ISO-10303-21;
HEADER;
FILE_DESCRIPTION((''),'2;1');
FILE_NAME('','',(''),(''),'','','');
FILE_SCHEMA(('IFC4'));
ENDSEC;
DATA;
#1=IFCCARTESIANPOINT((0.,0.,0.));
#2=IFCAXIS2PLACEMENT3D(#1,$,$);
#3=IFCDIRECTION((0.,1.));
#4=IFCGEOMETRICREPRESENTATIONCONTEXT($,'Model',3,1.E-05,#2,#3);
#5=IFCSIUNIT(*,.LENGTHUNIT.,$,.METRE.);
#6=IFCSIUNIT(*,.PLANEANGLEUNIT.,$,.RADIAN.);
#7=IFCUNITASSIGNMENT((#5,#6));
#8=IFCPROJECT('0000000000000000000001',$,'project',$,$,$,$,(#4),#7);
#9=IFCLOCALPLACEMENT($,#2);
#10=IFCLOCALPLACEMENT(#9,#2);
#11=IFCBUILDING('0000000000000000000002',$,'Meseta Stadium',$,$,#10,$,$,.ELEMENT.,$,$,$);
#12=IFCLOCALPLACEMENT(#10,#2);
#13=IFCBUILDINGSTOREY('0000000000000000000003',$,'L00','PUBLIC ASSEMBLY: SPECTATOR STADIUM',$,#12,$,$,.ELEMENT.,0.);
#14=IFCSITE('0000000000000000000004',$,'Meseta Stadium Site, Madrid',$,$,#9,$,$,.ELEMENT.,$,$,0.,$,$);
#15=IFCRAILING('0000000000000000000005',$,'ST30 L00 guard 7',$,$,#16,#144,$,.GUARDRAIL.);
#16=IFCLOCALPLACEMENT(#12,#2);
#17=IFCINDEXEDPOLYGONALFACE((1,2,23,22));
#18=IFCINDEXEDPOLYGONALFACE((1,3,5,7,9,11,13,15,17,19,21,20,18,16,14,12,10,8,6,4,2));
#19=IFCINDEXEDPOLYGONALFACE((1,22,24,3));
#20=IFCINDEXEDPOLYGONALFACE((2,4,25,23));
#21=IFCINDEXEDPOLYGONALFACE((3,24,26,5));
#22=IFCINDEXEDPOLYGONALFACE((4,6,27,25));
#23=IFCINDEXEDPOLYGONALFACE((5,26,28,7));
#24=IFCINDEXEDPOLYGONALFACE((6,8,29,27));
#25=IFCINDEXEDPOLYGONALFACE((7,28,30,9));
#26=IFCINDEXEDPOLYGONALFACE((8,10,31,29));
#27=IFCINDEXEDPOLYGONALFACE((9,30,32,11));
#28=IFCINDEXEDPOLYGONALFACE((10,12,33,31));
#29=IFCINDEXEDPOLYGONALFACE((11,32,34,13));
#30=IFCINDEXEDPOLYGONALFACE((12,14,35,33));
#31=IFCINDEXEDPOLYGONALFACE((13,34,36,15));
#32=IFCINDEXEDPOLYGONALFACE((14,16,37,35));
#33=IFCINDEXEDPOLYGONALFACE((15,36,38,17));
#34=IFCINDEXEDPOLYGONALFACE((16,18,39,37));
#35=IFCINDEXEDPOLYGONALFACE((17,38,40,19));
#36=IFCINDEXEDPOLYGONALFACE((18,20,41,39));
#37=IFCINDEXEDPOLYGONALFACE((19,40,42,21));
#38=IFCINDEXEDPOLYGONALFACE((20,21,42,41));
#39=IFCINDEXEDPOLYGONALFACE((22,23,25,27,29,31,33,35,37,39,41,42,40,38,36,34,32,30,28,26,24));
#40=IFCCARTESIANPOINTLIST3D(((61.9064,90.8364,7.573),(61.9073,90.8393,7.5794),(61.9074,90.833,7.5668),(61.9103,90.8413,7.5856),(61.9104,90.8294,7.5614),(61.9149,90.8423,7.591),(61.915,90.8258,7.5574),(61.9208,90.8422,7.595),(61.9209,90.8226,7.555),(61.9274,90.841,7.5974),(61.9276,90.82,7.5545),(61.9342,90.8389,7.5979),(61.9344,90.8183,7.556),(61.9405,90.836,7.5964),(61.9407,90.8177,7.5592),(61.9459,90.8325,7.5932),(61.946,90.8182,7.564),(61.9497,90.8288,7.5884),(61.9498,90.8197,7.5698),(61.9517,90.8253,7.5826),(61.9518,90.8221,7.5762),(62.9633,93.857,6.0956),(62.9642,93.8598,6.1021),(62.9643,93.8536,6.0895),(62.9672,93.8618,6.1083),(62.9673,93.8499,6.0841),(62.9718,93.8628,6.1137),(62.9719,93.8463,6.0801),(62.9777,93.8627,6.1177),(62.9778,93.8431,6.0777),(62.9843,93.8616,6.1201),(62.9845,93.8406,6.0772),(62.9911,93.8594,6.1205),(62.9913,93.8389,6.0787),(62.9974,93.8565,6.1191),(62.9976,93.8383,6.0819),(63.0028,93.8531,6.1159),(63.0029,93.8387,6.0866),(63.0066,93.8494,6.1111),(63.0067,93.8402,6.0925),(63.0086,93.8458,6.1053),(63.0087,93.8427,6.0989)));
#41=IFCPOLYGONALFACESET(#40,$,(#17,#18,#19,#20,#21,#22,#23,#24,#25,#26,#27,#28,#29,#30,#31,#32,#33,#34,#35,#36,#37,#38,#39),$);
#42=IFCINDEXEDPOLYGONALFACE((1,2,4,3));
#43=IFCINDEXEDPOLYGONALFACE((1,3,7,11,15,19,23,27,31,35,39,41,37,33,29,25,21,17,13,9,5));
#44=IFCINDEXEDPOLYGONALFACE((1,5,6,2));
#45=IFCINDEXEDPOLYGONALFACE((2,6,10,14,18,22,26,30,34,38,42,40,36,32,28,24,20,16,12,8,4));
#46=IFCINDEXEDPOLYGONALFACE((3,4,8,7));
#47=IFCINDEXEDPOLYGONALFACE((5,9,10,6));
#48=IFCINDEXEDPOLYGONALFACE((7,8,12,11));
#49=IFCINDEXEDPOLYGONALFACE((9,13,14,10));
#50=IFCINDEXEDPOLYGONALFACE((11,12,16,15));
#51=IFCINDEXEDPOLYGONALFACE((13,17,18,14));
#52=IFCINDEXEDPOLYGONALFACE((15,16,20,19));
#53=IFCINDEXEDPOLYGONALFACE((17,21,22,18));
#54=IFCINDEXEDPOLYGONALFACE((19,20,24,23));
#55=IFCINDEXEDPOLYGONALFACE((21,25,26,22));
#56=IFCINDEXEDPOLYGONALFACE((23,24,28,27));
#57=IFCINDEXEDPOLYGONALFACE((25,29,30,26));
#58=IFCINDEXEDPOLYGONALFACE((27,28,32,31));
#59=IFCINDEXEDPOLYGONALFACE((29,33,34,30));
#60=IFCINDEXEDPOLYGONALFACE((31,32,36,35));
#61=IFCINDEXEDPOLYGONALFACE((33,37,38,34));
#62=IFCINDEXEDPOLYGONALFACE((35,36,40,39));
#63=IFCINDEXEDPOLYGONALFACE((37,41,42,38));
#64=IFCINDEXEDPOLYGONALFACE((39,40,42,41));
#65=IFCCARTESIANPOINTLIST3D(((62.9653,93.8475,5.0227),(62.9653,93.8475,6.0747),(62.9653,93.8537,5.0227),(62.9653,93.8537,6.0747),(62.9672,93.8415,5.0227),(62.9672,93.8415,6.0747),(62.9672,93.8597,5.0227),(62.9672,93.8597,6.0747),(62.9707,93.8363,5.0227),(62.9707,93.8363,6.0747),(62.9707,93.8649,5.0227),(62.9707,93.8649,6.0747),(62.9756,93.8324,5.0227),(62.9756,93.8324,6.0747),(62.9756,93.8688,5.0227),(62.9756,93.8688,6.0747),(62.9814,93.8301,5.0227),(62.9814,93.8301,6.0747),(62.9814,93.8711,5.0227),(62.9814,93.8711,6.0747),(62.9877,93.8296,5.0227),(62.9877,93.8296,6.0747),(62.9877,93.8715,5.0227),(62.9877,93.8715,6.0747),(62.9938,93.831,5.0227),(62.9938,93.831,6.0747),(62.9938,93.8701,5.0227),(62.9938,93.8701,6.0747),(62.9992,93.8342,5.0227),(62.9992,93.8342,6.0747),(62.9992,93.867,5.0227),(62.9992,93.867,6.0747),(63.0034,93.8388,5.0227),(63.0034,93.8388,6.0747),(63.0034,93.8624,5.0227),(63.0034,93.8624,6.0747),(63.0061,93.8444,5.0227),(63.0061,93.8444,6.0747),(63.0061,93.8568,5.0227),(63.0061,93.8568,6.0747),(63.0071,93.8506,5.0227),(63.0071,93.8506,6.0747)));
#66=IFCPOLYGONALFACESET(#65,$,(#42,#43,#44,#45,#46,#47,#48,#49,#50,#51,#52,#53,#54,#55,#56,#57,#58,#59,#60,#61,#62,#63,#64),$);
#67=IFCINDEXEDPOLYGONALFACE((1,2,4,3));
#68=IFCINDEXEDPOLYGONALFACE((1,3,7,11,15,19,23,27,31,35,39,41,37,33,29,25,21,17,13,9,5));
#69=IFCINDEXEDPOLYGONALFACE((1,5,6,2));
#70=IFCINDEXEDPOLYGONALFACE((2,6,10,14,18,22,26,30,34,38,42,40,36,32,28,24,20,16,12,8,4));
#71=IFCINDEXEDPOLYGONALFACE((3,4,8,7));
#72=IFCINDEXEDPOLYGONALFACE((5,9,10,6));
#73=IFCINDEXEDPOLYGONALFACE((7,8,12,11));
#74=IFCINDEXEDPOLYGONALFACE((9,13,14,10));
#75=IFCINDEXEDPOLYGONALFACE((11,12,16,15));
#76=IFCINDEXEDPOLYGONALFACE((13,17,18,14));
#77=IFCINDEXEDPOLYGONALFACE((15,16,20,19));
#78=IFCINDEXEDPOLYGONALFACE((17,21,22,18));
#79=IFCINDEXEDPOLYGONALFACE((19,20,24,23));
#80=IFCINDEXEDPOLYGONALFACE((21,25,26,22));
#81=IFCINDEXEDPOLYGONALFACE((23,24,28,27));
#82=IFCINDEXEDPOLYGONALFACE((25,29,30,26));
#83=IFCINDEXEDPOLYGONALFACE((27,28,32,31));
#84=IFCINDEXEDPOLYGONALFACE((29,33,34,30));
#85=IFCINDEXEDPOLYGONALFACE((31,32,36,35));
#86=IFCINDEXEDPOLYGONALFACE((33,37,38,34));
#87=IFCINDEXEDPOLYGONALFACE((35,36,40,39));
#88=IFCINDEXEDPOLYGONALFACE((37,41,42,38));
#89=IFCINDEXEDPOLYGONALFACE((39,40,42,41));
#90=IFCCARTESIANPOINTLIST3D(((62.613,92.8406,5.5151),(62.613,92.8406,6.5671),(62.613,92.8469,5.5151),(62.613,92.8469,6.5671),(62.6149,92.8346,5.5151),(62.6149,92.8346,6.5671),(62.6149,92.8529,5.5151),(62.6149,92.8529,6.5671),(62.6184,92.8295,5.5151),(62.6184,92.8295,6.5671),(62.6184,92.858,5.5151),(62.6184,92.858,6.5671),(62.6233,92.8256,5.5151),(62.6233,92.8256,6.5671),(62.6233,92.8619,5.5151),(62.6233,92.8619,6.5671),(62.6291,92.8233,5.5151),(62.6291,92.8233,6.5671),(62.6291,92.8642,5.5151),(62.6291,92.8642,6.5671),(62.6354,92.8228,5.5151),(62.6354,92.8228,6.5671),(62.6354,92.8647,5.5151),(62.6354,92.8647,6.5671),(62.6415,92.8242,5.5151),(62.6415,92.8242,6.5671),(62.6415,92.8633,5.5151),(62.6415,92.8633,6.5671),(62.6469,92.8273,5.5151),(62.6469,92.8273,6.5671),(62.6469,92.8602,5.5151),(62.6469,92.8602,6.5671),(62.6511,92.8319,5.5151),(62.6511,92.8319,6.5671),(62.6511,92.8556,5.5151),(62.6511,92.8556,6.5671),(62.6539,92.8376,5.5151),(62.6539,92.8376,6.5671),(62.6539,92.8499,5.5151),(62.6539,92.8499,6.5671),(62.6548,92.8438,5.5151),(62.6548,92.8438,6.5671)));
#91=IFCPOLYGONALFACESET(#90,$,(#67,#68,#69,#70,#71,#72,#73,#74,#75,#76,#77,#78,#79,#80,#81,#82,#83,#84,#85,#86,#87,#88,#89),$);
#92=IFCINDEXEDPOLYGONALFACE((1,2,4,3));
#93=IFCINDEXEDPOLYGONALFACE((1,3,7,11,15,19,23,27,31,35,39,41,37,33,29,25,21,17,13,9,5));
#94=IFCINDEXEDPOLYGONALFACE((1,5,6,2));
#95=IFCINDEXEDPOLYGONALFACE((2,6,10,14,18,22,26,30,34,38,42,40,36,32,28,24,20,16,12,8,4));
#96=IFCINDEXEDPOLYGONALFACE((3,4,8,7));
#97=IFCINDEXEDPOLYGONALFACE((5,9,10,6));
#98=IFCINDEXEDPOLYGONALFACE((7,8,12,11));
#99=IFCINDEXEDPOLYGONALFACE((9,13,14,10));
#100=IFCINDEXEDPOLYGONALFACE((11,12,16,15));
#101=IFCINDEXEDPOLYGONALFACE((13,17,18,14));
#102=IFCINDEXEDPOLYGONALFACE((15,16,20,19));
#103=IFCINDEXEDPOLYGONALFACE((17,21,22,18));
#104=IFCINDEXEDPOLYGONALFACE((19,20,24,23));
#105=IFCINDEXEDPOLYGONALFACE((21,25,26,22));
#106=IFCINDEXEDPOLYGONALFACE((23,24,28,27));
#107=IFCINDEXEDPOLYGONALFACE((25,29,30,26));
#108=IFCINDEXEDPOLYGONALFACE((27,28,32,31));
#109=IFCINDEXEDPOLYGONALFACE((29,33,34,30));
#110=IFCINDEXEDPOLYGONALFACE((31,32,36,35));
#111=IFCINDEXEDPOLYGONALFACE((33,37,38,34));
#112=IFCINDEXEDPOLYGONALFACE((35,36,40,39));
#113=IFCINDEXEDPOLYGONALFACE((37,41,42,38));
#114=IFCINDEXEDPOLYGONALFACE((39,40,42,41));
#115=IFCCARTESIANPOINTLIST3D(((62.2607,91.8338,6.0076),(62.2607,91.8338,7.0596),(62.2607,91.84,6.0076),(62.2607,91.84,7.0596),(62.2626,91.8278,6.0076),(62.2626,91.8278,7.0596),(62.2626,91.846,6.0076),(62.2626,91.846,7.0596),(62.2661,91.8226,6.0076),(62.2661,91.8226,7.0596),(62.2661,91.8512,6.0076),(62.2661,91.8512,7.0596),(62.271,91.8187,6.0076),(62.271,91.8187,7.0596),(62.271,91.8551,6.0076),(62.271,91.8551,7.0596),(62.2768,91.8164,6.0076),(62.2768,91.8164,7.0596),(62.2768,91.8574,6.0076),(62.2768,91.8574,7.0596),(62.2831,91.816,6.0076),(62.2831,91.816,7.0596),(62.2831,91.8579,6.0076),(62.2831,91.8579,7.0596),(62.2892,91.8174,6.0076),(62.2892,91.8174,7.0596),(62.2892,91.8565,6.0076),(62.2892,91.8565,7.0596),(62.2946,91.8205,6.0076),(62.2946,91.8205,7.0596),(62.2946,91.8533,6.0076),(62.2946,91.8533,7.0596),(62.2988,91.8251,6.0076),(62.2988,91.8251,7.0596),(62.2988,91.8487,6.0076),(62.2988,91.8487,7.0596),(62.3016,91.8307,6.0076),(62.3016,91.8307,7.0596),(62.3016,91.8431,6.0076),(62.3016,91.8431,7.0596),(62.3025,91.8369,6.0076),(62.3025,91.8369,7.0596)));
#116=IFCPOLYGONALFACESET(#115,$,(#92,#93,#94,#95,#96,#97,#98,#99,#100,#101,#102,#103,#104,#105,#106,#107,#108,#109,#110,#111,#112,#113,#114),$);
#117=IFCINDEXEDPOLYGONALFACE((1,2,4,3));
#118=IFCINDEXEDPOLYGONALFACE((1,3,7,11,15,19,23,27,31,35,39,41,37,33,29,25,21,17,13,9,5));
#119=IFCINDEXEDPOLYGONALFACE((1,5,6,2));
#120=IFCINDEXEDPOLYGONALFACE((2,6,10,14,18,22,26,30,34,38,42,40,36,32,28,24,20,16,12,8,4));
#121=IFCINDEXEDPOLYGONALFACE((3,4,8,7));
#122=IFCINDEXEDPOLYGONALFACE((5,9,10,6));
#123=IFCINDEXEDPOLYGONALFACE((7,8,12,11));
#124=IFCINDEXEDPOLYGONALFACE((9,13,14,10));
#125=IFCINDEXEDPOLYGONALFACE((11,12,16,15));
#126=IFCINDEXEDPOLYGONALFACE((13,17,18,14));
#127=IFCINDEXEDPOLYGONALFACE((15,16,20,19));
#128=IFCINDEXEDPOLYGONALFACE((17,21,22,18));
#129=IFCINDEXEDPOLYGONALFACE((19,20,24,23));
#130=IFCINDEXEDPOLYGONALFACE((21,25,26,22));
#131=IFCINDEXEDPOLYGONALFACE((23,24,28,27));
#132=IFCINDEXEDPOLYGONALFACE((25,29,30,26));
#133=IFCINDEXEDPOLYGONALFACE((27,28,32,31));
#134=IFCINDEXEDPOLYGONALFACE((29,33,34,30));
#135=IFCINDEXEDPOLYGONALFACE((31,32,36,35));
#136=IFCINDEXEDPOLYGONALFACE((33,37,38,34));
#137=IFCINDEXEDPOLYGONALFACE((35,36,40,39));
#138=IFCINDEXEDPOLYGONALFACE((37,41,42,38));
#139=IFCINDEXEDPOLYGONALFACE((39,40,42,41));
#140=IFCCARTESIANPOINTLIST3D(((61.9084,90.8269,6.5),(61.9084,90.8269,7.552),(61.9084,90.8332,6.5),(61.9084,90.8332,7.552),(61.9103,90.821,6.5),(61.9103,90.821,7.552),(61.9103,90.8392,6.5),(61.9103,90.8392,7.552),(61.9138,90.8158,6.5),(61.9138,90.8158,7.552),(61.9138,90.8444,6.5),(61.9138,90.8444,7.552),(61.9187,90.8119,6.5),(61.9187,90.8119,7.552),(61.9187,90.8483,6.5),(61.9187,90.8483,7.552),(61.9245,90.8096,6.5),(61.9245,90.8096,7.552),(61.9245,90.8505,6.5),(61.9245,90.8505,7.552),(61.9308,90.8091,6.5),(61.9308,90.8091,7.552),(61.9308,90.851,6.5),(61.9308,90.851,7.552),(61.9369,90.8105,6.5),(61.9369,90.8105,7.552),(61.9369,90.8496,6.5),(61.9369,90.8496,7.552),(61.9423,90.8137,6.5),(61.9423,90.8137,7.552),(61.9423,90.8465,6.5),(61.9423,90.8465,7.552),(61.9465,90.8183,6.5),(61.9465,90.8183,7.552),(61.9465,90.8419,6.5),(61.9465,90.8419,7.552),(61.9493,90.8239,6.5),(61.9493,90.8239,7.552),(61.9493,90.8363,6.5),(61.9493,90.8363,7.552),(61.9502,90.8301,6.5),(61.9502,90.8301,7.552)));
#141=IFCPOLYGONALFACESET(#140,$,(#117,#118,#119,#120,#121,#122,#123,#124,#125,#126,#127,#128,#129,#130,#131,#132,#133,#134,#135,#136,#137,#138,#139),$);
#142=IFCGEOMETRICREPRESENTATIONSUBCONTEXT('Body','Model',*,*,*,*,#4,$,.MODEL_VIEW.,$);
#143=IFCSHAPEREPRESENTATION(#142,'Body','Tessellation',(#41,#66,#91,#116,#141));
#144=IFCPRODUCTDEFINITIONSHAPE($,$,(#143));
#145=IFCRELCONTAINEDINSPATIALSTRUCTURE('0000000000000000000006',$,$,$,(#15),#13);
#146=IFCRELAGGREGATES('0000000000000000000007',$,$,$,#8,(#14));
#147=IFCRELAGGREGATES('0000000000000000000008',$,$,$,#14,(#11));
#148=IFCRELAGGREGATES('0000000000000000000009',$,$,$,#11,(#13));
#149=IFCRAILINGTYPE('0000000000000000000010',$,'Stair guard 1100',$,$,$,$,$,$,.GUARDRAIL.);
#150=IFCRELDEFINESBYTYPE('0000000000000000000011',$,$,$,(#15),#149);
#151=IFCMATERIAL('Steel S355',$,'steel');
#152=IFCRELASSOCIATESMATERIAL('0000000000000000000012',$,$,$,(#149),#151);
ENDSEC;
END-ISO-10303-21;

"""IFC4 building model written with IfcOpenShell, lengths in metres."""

from ifc_helpers import new_model, si_unit, direction, frame, origin, origin_2d, place, context, subcontext, project, spatial, circle, extrude, material, type_object, element, save


model = new_model("IFC4")

# Units and contexts
model_context = context("Model", 3, precision=1e-05, world=origin(), true_north=direction((0.0, 1.0)))
body_context = subcontext(model_context, "Body", "Model", "MODEL_VIEW")
ifc_project = project(units=[si_unit("LENGTHUNIT", "METRE"), si_unit("PLANEANGLEUNIT", "RADIAN")], contexts=[model_context])

# Site, building, storey
site_placement = place(None, origin())
site = spatial("IfcSite", under=ifc_project, at=site_placement, Name="Meseta Stadium Site, Madrid", CompositionType="ELEMENT", RefElevation=0.0)
building_placement = place(site_placement, origin())
building = spatial("IfcBuilding", under=site, at=building_placement, Name="Meseta Stadium", CompositionType="ELEMENT")
storey_placement = place(building_placement, origin())
storey = spatial("IfcBuildingStorey", under=building, at=storey_placement, Name="L00", Description="PUBLIC ASSEMBLY: SPECTATOR STADIUM", CompositionType="ELEMENT", Elevation=0.0)

# Railing
ifc_material_1 = material(Name="Steel S355", Category="steel")
railing_type_1 = type_object("IfcRailingType", Name="Stair guard 1100", PredefinedType="GUARDRAIL", material=ifc_material_1)
railing_1_placement = place(storey_placement, frame((62.9861, 93.8506, 5.0227)))
element("IfcRailing", 1, at=railing_1_placement, inside=storey, type_object=railing_type_1, Name="ST30 L00 guard 7", PredefinedType="GUARDRAIL", context=body_context, shape_type="SweptSolid", body=[
    extrude(circle(Radius=0.0239, at=origin_2d()), frame((0.0, 0.0, 1.0762), z_axis=(-0.299859, -0.856977, 0.419137), x_axis=(0.943887, -0.330269, 0.0)), (0.0, 0.0, 1.0), 3.5247),
    extrude(circle(Radius=0.021, at=origin_2d()), origin(), (0.0, 0.0, 1.0), 1.052),
    extrude(circle(Radius=0.021, at=origin_2d()), frame((-0.3523, -1.0068, 0.4924)), (0.0, 0.0, 1.0), 1.052),
    extrude(circle(Radius=0.021, at=origin_2d()), frame((-0.7046, -2.0137, 0.9849)), (0.0, 0.0, 1.0), 1.052),
    extrude(circle(Radius=0.021, at=origin_2d()), frame((-1.0569, -3.0205, 1.4773)), (0.0, 0.0, 1.0), 1.052),
])

save(model, "model.ifc")
